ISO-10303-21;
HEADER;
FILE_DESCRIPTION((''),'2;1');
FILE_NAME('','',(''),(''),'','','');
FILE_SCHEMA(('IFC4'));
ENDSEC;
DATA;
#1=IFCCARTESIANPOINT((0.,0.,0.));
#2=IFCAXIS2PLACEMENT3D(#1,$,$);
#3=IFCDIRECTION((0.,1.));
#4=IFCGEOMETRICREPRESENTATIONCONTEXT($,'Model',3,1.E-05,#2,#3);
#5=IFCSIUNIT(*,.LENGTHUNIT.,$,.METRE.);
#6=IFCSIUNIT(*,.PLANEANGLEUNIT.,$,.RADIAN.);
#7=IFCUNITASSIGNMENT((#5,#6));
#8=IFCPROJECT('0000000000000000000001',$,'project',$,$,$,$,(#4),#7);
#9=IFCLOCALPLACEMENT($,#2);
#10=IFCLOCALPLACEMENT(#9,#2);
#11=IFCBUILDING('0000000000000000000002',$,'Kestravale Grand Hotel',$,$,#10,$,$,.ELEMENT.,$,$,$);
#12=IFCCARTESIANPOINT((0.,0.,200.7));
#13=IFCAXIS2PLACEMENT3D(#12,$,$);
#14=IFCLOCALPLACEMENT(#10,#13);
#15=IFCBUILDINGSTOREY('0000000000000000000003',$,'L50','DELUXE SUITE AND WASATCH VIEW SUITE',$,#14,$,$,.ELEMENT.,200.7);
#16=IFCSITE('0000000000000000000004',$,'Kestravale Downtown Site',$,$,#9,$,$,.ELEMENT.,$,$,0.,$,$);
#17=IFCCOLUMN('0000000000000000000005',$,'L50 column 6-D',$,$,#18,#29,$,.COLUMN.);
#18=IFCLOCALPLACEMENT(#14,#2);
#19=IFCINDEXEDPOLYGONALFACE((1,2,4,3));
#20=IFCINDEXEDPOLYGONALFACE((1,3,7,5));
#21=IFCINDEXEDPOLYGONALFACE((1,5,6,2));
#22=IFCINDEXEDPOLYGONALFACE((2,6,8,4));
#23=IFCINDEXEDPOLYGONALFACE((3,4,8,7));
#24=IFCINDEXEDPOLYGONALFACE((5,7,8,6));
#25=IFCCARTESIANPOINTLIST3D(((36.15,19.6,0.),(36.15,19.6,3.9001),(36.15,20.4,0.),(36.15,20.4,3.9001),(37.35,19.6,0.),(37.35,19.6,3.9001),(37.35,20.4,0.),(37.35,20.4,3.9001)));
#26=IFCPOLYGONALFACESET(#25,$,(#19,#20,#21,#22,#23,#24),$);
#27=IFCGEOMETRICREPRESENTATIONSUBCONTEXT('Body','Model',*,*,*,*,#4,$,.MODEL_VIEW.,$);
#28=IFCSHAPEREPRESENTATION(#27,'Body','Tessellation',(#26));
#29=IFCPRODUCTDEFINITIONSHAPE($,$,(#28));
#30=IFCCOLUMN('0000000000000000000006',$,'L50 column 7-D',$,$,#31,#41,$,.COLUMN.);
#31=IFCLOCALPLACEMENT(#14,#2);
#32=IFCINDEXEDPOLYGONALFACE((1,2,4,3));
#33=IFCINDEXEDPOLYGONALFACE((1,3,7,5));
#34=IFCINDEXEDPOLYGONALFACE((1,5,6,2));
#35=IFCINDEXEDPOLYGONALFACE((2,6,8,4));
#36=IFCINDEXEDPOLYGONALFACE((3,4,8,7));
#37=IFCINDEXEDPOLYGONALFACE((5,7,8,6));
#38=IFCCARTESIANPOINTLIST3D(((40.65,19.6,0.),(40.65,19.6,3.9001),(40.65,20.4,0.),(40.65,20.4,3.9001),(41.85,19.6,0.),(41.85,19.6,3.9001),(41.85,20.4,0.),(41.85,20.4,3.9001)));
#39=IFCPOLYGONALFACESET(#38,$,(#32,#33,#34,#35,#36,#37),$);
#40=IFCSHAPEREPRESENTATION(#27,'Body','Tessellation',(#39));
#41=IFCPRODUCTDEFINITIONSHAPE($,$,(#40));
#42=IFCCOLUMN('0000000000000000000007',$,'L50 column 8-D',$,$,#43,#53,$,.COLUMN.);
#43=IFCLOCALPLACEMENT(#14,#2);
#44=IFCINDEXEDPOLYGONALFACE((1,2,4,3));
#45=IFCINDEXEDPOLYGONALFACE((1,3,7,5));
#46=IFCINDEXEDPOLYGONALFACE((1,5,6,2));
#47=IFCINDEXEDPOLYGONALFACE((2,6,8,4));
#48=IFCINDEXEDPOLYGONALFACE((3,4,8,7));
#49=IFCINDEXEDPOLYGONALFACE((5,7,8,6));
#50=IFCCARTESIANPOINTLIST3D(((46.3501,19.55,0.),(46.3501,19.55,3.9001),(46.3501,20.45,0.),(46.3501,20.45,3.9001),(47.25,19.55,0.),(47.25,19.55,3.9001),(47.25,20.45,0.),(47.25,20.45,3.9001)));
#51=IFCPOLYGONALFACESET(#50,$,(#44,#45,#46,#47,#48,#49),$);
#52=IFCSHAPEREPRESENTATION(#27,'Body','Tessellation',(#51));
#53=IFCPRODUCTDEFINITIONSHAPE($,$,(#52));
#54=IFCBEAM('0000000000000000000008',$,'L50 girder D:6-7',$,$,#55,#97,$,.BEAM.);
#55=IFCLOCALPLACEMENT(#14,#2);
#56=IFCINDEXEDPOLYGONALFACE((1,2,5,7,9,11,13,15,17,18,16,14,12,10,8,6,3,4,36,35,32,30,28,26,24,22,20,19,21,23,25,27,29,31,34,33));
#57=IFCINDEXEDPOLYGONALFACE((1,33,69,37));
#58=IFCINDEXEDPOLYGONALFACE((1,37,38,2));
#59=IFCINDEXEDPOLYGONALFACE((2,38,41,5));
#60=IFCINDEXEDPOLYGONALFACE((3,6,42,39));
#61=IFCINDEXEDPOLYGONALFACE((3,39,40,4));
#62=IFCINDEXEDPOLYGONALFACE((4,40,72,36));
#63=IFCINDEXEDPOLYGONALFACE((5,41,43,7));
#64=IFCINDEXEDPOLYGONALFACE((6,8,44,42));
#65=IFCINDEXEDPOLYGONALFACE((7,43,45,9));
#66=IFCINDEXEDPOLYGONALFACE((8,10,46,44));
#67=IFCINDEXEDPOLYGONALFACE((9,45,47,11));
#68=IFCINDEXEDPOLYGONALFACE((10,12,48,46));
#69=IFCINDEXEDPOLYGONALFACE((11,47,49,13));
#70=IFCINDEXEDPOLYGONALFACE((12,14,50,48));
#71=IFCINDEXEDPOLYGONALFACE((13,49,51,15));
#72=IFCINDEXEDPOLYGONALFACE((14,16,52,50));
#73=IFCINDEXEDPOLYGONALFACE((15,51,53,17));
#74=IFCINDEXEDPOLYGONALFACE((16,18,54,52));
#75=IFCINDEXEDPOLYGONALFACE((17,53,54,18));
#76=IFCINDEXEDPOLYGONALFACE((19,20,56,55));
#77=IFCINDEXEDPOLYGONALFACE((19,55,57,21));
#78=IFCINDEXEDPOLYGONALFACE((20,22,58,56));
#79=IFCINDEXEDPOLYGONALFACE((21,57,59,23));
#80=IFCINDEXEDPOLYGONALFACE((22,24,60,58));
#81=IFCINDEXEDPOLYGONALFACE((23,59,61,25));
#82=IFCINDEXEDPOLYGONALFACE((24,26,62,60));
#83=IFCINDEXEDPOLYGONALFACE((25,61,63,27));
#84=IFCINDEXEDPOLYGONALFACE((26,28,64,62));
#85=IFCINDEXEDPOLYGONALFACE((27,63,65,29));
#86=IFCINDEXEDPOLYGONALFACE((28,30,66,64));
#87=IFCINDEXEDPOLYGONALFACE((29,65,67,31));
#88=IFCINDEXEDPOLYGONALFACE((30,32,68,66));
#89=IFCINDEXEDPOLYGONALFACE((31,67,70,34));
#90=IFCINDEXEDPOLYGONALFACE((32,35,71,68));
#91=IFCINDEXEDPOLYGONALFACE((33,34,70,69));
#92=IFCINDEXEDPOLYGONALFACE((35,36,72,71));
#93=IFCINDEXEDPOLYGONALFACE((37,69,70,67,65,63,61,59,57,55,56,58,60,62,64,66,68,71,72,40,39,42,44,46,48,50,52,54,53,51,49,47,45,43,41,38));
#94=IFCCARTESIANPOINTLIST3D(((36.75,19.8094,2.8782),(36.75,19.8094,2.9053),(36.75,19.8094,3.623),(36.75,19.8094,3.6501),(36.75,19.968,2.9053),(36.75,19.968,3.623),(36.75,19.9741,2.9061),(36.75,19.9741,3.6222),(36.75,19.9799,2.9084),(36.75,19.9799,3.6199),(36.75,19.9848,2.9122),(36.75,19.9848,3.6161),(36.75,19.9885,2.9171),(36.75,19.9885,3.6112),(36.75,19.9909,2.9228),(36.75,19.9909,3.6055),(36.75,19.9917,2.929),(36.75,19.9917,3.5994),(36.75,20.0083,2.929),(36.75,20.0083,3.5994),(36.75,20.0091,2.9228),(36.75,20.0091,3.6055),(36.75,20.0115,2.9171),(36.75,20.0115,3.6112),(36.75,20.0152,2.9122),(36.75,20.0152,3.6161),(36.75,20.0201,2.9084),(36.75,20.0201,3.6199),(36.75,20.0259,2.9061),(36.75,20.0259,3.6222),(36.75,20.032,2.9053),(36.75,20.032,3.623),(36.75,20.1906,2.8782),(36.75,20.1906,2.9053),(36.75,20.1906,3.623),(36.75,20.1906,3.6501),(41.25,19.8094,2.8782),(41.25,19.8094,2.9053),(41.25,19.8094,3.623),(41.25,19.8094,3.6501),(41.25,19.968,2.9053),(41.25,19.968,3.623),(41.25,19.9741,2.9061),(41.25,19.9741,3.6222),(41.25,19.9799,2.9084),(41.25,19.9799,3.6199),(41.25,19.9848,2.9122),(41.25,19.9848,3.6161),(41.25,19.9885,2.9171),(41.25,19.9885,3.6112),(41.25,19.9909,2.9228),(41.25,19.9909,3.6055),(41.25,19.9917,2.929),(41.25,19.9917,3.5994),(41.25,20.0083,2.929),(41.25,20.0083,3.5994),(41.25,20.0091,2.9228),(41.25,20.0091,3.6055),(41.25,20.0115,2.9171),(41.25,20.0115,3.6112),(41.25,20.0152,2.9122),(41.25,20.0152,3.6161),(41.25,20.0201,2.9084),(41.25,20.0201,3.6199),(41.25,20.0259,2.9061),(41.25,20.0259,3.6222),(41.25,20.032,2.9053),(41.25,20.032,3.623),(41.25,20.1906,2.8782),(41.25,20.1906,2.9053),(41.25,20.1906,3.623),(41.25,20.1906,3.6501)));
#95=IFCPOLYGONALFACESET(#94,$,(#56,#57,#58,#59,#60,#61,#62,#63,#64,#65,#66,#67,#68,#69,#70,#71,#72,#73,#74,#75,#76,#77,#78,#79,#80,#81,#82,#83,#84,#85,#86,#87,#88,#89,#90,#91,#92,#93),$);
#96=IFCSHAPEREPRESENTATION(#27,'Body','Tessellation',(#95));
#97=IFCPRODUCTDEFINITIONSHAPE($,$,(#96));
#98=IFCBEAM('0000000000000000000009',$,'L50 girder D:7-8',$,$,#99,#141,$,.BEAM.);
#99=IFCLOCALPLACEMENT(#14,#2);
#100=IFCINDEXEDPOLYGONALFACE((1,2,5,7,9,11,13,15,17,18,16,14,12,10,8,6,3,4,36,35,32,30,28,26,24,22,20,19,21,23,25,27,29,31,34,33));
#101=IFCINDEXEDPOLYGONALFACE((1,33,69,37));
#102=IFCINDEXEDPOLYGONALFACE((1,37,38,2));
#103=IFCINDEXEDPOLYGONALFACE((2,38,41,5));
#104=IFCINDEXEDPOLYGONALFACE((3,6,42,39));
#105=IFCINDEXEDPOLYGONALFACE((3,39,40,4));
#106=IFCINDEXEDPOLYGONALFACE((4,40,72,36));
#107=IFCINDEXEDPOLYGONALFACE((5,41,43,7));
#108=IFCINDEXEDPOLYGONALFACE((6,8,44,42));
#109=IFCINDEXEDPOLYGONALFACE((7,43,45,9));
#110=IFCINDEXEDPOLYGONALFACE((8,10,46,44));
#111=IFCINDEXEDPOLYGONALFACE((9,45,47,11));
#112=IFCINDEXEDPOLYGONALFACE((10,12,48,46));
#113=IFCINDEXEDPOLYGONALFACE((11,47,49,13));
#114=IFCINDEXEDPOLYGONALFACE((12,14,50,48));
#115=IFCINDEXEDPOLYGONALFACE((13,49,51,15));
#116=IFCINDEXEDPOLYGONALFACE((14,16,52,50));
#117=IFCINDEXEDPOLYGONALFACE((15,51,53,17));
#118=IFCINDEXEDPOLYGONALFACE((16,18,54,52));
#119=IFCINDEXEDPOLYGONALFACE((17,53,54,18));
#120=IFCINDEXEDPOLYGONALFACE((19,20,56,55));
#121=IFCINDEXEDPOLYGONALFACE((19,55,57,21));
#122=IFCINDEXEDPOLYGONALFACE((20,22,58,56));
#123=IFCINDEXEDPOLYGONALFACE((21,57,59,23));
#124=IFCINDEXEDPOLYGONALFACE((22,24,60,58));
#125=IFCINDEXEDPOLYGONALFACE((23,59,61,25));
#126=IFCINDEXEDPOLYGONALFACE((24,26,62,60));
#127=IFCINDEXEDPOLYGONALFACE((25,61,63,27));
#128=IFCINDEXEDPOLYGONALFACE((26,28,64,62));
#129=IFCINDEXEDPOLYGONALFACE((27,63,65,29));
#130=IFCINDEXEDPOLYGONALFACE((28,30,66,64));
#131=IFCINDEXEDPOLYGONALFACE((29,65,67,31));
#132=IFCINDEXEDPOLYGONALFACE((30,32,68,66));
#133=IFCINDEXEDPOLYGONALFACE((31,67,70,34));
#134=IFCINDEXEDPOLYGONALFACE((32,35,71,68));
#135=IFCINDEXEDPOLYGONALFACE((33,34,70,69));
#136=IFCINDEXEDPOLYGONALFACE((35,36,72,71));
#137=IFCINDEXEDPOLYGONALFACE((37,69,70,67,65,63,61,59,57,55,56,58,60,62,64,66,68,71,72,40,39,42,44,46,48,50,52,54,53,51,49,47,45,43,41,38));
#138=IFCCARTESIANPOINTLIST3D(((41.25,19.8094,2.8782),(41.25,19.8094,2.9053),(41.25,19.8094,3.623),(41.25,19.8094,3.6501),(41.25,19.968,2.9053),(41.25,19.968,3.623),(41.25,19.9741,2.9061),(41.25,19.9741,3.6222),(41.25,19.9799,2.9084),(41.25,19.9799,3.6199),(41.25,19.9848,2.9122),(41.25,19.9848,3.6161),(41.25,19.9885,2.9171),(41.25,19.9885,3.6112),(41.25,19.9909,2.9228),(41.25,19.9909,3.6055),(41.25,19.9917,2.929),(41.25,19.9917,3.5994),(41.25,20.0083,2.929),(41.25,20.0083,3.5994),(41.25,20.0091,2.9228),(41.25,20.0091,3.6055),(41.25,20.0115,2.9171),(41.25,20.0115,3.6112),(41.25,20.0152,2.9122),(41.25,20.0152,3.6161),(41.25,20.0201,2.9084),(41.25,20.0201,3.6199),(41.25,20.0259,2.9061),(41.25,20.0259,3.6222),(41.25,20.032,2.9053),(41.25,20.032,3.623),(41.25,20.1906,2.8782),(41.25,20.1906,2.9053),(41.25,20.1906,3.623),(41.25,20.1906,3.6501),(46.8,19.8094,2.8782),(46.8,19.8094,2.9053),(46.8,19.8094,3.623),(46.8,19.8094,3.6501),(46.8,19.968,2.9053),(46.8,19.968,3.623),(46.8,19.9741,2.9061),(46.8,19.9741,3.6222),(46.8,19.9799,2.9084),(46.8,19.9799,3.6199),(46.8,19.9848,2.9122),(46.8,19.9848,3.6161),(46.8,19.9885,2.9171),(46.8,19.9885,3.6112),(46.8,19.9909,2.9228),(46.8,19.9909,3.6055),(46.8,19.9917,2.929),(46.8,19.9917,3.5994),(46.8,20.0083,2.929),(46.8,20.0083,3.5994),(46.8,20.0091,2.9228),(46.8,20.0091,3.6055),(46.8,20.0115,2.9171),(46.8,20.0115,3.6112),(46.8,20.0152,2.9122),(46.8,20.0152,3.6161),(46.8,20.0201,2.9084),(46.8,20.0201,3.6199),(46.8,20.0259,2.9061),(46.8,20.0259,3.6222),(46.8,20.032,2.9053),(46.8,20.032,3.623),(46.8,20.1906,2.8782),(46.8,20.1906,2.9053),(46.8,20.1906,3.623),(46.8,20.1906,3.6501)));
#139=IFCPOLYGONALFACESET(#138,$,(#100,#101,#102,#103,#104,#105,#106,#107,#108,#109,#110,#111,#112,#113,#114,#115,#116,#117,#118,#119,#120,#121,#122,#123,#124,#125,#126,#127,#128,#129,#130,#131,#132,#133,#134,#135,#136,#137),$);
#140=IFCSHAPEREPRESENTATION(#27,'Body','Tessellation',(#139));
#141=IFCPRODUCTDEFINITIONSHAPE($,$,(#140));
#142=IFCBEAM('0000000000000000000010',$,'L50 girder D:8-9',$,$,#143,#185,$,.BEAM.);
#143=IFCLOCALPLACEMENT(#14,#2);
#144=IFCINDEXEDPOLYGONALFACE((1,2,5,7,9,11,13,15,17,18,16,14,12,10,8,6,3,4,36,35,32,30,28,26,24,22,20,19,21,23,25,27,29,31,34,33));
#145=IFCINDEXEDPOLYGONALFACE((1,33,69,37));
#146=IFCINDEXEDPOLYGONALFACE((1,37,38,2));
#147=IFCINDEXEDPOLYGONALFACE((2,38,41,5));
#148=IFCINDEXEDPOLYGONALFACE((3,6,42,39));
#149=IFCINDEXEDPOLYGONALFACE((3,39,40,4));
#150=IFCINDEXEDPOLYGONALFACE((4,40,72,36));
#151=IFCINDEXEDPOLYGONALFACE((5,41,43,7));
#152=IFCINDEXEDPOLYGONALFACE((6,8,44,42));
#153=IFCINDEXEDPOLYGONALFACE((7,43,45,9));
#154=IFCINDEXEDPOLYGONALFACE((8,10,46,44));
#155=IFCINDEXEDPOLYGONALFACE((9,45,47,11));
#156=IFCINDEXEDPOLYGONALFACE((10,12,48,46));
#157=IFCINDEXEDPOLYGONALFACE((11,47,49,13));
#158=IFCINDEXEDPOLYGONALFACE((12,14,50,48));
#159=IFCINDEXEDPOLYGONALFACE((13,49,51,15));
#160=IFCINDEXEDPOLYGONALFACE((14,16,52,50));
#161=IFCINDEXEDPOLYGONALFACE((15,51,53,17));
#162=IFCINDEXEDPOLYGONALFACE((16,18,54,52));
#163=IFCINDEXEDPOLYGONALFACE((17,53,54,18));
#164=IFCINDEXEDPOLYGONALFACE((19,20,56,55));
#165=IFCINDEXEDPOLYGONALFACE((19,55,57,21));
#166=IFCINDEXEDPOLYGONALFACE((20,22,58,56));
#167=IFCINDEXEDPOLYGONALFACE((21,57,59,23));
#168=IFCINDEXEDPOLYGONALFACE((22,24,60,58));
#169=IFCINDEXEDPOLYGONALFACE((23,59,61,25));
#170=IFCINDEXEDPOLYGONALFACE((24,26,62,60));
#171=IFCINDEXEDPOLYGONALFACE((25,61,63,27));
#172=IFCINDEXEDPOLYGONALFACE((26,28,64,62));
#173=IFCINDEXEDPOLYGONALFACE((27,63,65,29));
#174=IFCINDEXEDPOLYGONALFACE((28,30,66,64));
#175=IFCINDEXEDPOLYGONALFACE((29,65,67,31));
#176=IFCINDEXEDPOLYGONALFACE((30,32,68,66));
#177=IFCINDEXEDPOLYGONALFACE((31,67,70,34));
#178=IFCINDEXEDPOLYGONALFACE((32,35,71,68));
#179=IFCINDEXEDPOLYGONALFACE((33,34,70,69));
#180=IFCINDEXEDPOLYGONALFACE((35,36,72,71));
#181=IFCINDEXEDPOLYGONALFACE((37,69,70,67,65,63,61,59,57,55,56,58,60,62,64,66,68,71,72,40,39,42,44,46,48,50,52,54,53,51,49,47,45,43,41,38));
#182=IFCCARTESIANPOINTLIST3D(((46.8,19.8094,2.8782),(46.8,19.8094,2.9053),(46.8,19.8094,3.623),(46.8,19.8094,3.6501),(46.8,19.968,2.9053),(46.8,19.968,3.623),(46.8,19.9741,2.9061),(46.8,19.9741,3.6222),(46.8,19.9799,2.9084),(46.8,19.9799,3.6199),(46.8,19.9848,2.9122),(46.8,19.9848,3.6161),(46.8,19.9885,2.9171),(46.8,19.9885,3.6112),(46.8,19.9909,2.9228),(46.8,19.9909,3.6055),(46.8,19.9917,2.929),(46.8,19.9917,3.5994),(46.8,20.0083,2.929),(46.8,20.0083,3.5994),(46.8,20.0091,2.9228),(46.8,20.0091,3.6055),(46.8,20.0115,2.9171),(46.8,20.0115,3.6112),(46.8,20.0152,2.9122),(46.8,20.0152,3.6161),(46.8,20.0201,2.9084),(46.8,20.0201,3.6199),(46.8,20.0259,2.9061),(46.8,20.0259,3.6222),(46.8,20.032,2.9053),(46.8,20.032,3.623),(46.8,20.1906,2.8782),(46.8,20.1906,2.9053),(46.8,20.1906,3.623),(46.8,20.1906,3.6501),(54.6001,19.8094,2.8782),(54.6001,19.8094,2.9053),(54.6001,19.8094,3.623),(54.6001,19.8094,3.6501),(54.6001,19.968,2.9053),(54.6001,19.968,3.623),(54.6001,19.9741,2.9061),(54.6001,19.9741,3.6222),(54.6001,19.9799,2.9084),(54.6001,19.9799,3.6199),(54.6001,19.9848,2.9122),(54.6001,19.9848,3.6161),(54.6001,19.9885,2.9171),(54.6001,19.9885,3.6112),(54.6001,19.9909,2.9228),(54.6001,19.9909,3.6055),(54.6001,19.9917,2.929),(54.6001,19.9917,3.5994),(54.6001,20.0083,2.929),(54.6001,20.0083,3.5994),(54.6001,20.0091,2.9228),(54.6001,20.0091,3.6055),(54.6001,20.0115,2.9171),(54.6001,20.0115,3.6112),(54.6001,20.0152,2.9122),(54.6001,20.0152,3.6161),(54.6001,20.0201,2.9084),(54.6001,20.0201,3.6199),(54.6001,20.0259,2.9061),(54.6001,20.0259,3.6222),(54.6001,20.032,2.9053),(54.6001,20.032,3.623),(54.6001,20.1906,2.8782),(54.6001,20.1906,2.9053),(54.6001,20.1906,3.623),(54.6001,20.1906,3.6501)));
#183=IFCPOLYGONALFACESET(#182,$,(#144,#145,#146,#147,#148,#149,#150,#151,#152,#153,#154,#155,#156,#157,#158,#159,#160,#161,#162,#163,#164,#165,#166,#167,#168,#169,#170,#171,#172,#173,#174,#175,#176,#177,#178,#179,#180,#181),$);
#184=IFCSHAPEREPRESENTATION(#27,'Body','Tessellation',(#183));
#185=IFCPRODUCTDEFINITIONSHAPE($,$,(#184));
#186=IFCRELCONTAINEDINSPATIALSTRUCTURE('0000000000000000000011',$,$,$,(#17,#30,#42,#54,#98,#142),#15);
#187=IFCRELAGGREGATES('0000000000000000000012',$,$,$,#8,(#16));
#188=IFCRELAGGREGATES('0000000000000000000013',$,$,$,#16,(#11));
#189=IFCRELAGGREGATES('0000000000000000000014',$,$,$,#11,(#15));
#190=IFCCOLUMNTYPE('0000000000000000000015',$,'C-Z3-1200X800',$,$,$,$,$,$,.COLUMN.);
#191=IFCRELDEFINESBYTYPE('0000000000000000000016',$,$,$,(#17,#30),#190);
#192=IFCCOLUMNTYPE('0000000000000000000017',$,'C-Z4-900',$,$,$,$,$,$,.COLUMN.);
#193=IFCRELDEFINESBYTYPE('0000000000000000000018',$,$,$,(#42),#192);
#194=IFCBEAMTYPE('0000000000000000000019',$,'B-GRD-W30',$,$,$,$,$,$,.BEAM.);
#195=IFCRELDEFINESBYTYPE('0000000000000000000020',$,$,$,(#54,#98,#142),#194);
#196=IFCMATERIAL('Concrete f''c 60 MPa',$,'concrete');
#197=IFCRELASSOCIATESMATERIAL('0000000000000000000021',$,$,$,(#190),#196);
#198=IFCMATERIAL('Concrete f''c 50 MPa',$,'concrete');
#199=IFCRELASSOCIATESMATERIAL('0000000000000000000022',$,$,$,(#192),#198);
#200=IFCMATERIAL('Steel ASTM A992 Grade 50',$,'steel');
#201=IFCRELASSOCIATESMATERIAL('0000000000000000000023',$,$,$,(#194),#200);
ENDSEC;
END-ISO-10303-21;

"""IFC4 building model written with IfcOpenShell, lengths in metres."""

from ifc_helpers import new_model, si_unit, direction, frame, origin, origin_2d, place, context, subcontext, project, spatial, rectangle, i_section, extrude, material, material_profile, profile_set, type_object, element, save


model = new_model("IFC4")

# Units and contexts
model_context = context("Model", 3, precision=1e-05, world=origin(), true_north=direction((0.0, 1.0)))
body_context = subcontext(model_context, "Body", "Model", "MODEL_VIEW")
ifc_project = project(units=[si_unit("LENGTHUNIT", "METRE"), si_unit("PLANEANGLEUNIT", "RADIAN")], contexts=[model_context])

# Site, building, storey
site_placement = place(None, origin())
site = spatial("IfcSite", under=ifc_project, at=site_placement, Name="Kestravale Downtown Site", CompositionType="ELEMENT", RefElevation=0.0)
building_placement = place(site_placement, origin())
building = spatial("IfcBuilding", under=site, at=building_placement, Name="Kestravale Grand Hotel", CompositionType="ELEMENT")
storey_placement = place(building_placement, frame((0.0, 0.0, 200.7)))
storey = spatial("IfcBuildingStorey", under=building, at=storey_placement, Name="L50", Description="DELUXE SUITE AND WASATCH VIEW SUITE", CompositionType="ELEMENT", Elevation=200.7)

# Columns
ifc_material_1 = material(Name="Concrete f'c 60 MPa", Category="concrete")
ifc_material_profile_1 = material_profile(ifc_material_1, rectangle(XDim=1.2, YDim=0.8, at=origin_2d()))
ifc_profile_set_1 = profile_set([ifc_material_profile_1], Name="Concrete f'c 60 MPa")
column_type_1 = type_object("IfcColumnType", Name="C-Z3-1200X800", PredefinedType="COLUMN", material=ifc_profile_set_1)
for number, where, z_axis, x_axis, name in (
    (1, (36.75, 20.0, 0.0), (0.0, 0.0, 1.0), (1.0, 0.0, 0.0), "L50 column 6-D"),
    (2, (41.25, 20.0, 0.0), (0.0, 0.0, 1.0), (1.0, 0.0, 0.0), "L50 column 7-D"),
):
    element("IfcColumn", number, at=place(storey_placement, frame(where, z_axis=z_axis, x_axis=x_axis)), inside=storey, type_object=column_type_1, Name=name, PredefinedType="COLUMN", context=body_context, shape_type="SweptSolid", body=[
        extrude(rectangle(XDim=1.2, YDim=0.8, at=origin_2d()), origin(), (0.0, 0.0, 1.0), 3.9001),
    ])
ifc_material_2 = material(Name="Concrete f'c 50 MPa", Category="concrete")
ifc_material_profile_2 = material_profile(ifc_material_2, rectangle(XDim=0.8999, YDim=0.8999, at=origin_2d()))
ifc_profile_set_2 = profile_set([ifc_material_profile_2], Name="Concrete f'c 50 MPa")
column_type_2 = type_object("IfcColumnType", Name="C-Z4-900", PredefinedType="COLUMN", material=ifc_profile_set_2)
column_placement = place(storey_placement, frame((46.8, 20.0, 0.0), z_axis=(0.0, 0.0, 1.0), x_axis=(1.0, 0.0, 0.0)))
element("IfcColumn", 3, at=column_placement, inside=storey, type_object=column_type_2, Name="L50 column 8-D", PredefinedType="COLUMN", context=body_context, shape_type="SweptSolid", body=[
    extrude(rectangle(XDim=0.8999, YDim=0.8999, at=origin_2d()), origin(), (0.0, 0.0, 1.0), 3.9001),
])

# Beams
ifc_material_3 = material(Name="Steel ASTM A992 Grade 50", Category="steel")
ifc_material_profile_3 = material_profile(ifc_material_3, i_section(OverallWidth=0.3811, OverallDepth=0.772, WebThickness=0.0166, FlangeThickness=0.0271, FilletRadius=0.0237, at=origin_2d()))
ifc_profile_set_3 = profile_set([ifc_material_profile_3], Name="Steel ASTM A992 Grade 50")
beam_type = type_object("IfcBeamType", Name="B-GRD-W30", PredefinedType="BEAM", material=ifc_profile_set_3)
beam_1_placement = place(storey_placement, frame((36.75, 20.0, 3.2642), z_axis=(1.0, 0.0, 0.0), x_axis=(0.0, 1.0, 0.0)))
element("IfcBeam", 4, at=beam_1_placement, inside=storey, type_object=beam_type, Name="L50 girder D:6-7", PredefinedType="BEAM", context=body_context, shape_type="SweptSolid", body=[
    extrude(i_section(OverallWidth=0.3811, OverallDepth=0.772, WebThickness=0.0166, FlangeThickness=0.0271, FilletRadius=0.0237, at=origin_2d()), origin(), (0.0, 0.0, 1.0), 4.5),
])
beam_2_placement = place(storey_placement, frame((41.25, 20.0, 3.2642), z_axis=(1.0, 0.0, 0.0), x_axis=(0.0, 1.0, 0.0)))
element("IfcBeam", 5, at=beam_2_placement, inside=storey, type_object=beam_type, Name="L50 girder D:7-8", PredefinedType="BEAM", context=body_context, shape_type="SweptSolid", body=[
    extrude(i_section(OverallWidth=0.3811, OverallDepth=0.772, WebThickness=0.0166, FlangeThickness=0.0271, FilletRadius=0.0237, at=origin_2d()), origin(), (0.0, 0.0, 1.0), 5.55),
])
beam_3_placement = place(storey_placement, frame((46.8, 20.0, 3.2642), z_axis=(1.0, 0.0, 0.0), x_axis=(0.0, 1.0, 0.0)))
element("IfcBeam", 6, at=beam_3_placement, inside=storey, type_object=beam_type, Name="L50 girder D:8-9", PredefinedType="BEAM", context=body_context, shape_type="SweptSolid", body=[
    extrude(i_section(OverallWidth=0.3811, OverallDepth=0.772, WebThickness=0.0166, FlangeThickness=0.0271, FilletRadius=0.0237, at=origin_2d()), origin(), (0.0, 0.0, 1.0), 7.8),
])

save(model, "model.ifc")
